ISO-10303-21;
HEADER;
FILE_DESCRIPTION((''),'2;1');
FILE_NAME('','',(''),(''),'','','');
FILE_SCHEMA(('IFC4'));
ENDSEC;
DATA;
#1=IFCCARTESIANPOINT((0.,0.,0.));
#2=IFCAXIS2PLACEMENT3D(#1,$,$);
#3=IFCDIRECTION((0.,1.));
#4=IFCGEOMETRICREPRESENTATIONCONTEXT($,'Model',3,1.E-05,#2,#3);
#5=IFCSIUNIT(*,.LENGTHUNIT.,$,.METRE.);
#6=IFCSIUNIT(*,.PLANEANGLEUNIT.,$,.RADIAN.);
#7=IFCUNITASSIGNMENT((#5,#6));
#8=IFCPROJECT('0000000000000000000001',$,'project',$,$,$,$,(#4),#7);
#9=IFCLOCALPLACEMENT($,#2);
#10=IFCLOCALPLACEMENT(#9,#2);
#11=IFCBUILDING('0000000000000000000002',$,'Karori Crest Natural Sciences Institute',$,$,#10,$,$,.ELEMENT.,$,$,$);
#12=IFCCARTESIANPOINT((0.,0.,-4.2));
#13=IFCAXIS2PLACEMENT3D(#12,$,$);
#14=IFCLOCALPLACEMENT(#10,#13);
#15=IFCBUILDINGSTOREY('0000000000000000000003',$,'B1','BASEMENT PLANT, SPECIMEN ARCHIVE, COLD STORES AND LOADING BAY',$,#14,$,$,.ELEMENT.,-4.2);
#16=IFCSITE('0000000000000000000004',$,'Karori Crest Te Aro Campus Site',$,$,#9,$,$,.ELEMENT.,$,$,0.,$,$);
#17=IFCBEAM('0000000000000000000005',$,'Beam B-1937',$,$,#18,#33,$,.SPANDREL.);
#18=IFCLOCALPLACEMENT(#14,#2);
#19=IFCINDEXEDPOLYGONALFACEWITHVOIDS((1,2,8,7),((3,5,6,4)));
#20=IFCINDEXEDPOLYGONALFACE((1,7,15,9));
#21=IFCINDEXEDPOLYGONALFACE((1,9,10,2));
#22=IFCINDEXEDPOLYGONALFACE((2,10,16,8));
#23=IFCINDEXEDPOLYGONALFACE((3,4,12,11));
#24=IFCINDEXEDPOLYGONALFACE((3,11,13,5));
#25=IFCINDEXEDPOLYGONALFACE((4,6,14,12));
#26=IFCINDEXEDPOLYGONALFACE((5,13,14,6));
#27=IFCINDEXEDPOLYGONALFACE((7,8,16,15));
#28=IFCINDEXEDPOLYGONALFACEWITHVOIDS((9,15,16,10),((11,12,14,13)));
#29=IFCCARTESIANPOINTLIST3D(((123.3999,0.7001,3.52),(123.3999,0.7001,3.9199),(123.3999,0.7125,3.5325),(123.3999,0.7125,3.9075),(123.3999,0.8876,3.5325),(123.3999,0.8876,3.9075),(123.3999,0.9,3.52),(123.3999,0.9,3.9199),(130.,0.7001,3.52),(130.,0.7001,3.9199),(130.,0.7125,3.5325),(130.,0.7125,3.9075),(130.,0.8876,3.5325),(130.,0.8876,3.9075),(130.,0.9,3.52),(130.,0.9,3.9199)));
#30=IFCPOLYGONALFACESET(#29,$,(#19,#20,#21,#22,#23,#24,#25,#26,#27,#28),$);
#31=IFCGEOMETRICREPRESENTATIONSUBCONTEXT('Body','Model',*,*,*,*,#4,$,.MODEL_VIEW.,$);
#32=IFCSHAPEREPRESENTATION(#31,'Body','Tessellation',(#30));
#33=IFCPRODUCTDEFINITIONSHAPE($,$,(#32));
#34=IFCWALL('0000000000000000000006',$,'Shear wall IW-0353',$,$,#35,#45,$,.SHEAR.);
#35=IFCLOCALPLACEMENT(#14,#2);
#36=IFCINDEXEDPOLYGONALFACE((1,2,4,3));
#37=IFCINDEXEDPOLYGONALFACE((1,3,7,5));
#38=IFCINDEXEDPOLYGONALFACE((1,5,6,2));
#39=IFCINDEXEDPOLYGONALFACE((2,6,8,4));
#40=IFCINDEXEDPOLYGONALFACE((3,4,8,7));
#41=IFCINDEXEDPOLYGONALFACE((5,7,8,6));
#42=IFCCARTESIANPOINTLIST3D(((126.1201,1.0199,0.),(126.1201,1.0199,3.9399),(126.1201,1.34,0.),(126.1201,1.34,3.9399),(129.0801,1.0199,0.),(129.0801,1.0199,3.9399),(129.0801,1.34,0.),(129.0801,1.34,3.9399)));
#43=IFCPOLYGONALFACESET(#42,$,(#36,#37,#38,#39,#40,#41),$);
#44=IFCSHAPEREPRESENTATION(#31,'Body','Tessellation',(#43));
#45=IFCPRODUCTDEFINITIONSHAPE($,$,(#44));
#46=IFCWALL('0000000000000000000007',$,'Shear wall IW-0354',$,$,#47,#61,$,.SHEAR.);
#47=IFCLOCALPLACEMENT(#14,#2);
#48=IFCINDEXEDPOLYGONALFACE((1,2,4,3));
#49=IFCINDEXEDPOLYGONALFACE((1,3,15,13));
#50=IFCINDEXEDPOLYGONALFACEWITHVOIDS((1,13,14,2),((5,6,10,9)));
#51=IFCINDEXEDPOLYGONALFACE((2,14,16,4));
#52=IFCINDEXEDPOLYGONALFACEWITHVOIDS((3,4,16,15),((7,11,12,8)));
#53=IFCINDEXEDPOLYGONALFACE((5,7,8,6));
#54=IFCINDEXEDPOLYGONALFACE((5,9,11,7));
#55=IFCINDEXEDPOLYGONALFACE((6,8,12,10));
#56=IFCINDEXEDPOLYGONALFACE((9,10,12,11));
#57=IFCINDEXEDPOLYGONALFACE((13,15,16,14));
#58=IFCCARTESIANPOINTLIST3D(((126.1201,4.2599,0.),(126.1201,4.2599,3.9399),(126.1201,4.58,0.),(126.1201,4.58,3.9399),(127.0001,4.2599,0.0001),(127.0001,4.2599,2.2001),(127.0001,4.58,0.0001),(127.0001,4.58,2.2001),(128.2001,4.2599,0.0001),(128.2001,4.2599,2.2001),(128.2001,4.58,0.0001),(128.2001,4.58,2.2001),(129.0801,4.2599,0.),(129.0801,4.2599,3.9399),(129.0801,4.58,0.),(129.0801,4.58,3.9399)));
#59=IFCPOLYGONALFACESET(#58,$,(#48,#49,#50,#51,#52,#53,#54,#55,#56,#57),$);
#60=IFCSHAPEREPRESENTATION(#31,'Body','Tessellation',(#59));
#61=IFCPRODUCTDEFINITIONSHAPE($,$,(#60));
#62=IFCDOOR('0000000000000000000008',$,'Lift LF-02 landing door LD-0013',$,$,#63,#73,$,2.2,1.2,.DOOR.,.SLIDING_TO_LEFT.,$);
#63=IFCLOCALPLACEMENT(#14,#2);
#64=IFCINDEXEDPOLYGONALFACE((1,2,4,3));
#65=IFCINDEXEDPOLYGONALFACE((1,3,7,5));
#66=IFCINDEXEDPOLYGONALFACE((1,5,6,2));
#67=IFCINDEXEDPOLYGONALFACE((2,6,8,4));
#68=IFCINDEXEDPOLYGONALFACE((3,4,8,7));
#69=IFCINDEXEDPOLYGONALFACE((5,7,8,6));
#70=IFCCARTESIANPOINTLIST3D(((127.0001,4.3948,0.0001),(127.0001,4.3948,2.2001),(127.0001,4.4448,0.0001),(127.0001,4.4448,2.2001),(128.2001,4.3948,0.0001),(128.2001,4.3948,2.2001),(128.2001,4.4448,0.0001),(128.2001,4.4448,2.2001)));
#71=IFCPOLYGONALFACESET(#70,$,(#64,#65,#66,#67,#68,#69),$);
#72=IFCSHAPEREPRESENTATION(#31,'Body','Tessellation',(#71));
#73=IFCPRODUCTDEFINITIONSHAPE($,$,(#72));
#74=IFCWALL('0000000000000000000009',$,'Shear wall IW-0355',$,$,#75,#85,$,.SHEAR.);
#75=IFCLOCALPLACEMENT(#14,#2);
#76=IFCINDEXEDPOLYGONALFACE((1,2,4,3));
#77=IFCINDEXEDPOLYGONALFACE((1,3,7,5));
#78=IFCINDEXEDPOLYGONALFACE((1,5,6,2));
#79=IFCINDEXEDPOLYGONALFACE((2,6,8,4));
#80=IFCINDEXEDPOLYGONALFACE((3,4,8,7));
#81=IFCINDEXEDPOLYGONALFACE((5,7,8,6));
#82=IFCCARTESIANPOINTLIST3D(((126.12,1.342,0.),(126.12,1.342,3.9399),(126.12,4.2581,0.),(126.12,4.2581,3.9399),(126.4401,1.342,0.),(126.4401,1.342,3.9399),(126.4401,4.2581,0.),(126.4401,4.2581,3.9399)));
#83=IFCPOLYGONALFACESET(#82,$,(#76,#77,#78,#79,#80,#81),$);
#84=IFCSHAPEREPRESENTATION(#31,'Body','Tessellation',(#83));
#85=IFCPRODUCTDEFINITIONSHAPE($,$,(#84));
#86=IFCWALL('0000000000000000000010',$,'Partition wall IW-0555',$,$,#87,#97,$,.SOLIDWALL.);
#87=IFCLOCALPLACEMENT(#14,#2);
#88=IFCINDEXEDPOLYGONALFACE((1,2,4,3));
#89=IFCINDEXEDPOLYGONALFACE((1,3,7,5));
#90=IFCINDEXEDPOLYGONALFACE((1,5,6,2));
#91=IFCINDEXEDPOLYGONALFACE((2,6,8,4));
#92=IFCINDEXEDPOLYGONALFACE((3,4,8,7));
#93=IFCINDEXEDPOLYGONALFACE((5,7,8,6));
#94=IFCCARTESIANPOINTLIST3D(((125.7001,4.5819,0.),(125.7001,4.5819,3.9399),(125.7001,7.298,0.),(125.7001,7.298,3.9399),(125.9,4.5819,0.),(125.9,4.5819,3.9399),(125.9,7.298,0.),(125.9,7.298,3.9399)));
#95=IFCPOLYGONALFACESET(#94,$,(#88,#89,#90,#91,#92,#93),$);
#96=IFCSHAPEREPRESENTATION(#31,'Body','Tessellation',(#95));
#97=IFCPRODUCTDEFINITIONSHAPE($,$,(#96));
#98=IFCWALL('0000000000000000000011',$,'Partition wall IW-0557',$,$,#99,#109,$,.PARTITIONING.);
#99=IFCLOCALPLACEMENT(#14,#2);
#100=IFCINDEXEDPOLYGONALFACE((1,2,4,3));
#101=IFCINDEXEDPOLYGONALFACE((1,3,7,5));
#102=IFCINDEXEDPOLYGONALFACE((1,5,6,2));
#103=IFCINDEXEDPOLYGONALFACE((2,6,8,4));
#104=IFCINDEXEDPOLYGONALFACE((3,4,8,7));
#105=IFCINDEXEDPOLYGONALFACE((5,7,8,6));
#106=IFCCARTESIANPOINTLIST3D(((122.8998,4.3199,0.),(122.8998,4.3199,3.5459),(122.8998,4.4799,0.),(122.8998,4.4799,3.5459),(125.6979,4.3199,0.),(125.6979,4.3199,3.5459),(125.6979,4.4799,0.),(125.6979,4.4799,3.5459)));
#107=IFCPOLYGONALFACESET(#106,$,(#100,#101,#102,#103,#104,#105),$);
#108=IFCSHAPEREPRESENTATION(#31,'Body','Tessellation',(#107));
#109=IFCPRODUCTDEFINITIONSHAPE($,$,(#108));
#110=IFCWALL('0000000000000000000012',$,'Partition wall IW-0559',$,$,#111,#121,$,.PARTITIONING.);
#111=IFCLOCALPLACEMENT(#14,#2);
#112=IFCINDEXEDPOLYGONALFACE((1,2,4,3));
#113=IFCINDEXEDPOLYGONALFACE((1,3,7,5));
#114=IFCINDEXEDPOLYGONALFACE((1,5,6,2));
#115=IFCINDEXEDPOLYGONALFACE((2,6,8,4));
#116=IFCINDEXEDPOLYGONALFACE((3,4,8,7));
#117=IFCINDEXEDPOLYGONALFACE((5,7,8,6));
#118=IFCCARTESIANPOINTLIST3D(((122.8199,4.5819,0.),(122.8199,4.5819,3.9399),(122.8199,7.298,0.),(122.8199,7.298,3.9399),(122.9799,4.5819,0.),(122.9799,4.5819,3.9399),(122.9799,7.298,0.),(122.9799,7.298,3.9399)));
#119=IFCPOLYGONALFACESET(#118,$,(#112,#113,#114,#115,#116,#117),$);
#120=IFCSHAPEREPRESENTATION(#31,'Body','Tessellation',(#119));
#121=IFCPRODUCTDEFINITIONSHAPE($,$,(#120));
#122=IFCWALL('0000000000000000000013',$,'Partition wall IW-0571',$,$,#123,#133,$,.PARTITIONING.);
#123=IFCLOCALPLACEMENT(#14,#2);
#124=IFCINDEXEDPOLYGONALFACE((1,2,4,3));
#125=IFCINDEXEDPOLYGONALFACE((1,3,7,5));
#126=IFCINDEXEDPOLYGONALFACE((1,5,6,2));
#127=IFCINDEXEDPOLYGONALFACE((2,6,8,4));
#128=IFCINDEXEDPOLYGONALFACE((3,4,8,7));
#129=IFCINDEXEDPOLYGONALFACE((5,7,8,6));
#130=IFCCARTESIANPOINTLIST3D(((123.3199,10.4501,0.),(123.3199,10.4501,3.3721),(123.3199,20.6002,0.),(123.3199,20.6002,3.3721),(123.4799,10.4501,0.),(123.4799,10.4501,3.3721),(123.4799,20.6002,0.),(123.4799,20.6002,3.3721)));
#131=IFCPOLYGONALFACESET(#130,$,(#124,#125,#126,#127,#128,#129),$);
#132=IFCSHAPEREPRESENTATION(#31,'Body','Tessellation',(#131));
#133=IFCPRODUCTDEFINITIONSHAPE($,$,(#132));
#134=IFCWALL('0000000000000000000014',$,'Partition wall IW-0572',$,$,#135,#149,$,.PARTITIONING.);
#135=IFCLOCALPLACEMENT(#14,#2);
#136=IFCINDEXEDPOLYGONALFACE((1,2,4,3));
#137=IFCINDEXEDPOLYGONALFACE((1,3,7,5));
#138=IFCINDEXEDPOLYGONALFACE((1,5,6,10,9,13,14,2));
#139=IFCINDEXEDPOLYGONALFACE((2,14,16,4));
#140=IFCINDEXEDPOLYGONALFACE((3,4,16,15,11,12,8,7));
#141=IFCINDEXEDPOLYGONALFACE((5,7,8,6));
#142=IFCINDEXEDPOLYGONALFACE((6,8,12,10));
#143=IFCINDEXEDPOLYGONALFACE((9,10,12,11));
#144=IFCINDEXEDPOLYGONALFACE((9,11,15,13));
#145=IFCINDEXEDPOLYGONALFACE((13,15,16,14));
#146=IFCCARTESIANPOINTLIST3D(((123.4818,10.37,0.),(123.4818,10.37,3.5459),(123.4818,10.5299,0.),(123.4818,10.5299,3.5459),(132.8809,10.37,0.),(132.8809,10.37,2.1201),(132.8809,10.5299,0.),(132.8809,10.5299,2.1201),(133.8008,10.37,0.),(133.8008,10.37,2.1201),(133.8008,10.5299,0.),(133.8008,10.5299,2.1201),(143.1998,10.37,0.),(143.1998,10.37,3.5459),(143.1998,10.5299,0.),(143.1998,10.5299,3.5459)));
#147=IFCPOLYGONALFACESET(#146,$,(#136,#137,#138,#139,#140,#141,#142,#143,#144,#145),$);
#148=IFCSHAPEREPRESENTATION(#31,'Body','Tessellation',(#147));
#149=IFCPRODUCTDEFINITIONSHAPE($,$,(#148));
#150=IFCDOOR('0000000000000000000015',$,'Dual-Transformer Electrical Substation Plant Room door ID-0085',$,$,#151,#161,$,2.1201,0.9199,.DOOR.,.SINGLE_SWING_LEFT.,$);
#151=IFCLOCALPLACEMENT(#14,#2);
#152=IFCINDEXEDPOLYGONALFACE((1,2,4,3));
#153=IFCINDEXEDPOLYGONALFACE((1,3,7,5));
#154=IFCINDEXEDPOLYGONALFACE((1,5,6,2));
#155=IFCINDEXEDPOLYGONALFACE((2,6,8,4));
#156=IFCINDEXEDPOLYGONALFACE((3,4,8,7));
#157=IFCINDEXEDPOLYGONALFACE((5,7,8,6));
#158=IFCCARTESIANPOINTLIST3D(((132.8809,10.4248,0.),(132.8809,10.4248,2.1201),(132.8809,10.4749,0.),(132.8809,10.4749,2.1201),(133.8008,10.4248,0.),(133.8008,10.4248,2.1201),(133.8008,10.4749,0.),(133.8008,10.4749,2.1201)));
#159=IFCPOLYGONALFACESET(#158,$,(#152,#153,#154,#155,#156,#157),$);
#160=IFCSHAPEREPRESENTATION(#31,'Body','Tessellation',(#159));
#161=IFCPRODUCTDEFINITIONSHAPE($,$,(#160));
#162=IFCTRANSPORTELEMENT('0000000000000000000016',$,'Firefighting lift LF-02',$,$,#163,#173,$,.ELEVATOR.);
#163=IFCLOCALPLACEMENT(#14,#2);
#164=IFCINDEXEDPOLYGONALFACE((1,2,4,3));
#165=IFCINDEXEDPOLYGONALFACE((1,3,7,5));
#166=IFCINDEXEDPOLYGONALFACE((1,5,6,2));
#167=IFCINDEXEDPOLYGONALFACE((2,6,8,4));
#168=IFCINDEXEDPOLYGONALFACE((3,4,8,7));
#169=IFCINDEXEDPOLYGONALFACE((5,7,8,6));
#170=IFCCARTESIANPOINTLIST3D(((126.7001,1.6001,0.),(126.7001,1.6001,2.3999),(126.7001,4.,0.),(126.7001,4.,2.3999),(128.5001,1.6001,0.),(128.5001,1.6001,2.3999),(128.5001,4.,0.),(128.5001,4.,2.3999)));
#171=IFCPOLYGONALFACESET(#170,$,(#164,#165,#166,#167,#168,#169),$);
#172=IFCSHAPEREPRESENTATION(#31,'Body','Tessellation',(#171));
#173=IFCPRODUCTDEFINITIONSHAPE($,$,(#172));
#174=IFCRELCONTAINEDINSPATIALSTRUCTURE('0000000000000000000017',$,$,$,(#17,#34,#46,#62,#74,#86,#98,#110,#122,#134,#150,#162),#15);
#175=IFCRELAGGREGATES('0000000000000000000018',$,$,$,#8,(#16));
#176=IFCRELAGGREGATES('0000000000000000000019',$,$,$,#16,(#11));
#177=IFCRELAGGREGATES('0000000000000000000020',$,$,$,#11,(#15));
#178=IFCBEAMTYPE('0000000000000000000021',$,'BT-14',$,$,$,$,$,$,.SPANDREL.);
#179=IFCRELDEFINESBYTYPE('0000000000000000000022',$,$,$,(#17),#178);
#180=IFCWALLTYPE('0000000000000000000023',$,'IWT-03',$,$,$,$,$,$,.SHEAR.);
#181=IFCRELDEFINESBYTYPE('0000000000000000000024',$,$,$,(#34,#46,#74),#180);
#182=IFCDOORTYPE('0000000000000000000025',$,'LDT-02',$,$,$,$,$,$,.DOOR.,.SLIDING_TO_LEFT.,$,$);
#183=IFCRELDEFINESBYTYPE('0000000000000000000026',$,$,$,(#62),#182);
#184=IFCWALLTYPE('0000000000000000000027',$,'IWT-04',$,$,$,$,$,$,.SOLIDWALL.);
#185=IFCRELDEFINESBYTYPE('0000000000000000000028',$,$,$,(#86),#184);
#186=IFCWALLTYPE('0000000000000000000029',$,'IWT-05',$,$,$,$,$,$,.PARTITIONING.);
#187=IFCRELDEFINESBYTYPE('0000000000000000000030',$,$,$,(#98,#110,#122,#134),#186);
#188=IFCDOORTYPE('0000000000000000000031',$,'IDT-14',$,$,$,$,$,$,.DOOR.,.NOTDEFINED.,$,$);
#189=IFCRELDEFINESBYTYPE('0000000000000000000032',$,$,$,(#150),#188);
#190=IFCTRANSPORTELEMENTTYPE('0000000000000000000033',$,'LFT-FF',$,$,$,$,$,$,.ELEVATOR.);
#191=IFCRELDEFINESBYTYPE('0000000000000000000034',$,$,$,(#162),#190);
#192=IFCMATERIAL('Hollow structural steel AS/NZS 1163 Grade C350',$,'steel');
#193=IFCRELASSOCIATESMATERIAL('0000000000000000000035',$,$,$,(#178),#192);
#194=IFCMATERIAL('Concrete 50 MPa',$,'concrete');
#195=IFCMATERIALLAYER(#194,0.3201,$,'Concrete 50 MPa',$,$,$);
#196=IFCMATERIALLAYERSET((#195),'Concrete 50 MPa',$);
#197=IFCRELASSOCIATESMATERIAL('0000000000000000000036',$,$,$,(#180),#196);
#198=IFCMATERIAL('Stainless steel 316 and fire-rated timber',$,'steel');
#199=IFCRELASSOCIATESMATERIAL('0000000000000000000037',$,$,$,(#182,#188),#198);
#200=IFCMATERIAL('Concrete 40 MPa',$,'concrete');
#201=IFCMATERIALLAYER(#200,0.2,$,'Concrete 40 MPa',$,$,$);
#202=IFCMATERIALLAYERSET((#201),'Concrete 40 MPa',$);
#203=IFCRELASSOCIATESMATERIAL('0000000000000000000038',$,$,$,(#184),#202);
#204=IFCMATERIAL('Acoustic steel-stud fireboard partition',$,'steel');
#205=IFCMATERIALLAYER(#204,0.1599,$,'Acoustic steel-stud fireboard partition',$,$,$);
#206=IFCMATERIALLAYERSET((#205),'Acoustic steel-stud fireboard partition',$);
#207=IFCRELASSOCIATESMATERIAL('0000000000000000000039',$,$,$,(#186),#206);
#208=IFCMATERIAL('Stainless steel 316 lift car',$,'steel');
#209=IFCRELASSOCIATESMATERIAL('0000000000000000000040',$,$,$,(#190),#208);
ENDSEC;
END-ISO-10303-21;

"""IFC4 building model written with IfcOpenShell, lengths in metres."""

from ifc_helpers import new_model, si_unit, direction, frame, frame_2d, origin, origin_2d, place, context, subcontext, project, spatial, rectangle, hollow_rectangle, extrude, material, layer, layer_set, material_profile, profile_set, type_object, element, fill, save


model = new_model("IFC4")

# Units and contexts
model_context = context("Model", 3, precision=1e-05, world=origin(), true_north=direction((0.0, 1.0)))
body_context = subcontext(model_context, "Body", "Model", "MODEL_VIEW")
ifc_project = project(units=[si_unit("LENGTHUNIT", "METRE"), si_unit("PLANEANGLEUNIT", "RADIAN")], contexts=[model_context])

# Site, building, storey
site_placement = place(None, origin())
site = spatial("IfcSite", under=ifc_project, at=site_placement, Name="Karori Crest Te Aro Campus Site", CompositionType="ELEMENT", RefElevation=0.0)
building_placement = place(site_placement, origin())
building = spatial("IfcBuilding", under=site, at=building_placement, Name="Karori Crest Natural Sciences Institute", CompositionType="ELEMENT")
storey_placement = place(building_placement, frame((0.0, 0.0, -4.2)))
storey = spatial("IfcBuildingStorey", under=building, at=storey_placement, Name="B1", Description="BASEMENT PLANT, SPECIMEN ARCHIVE, COLD STORES AND LOADING BAY", CompositionType="ELEMENT", Elevation=-4.2)

# Shared definitions
ifc_material_1 = material(Name="Concrete 40 MPa", Category="concrete")

# Beam
ifc_material_2 = material(Name="Hollow structural steel AS/NZS 1163 Grade C350", Category="steel")
ifc_material_profile_1 = material_profile(ifc_material_2, hollow_rectangle(XDim=0.2, YDim=0.3999, WallThickness=0.0125, at=origin_2d()), Name="RHS400x200x12.5")
ifc_profile_set_1 = profile_set([ifc_material_profile_1], Name="Hollow structural steel AS/NZS 1163 Grade C350")
beam_type_1 = type_object("IfcBeamType", Name="BT-14", PredefinedType="SPANDREL", material=ifc_profile_set_1)
beam_1_placement = place(storey_placement, frame((123.3999, 0.8, 3.72), z_axis=(1.0, 0.0, 0.0), x_axis=(0.0, 1.0, 0.0)))
element("IfcBeam", 1, at=beam_1_placement, inside=storey, type_object=beam_type_1, Name="Beam B-1937", PredefinedType="SPANDREL", context=body_context, shape_type="SweptSolid", body=[
    extrude(hollow_rectangle(XDim=0.2, YDim=0.3999, WallThickness=0.0125, at=origin_2d()), origin(), (0.0, 0.0, 1.0), 6.6001),
])

# Wall
ifc_material_3 = material(Name="Concrete 50 MPa", Category="concrete")
ifc_layer_1 = layer(ifc_material_3, 0.3201, Name="Concrete 50 MPa")
ifc_layer_set_1 = layer_set([ifc_layer_1], Name="Concrete 50 MPa")
wall_type_1 = type_object("IfcWallType", Name="IWT-03", PredefinedType="SHEAR", material=ifc_layer_set_1)
wall_1_placement = place(storey_placement, frame((126.1201, 1.1799, 0.0), z_axis=(0.0, 0.0, 1.0), x_axis=(1.0, 0.0, 0.0)))
element("IfcWall", 2, at=wall_1_placement, inside=storey, type_object=wall_type_1, Name="Shear wall IW-0353", PredefinedType="SHEAR", context=body_context, shape_type="SweptSolid", body=[
    extrude(rectangle(XDim=2.96, YDim=0.3201, at=frame_2d((1.48, 0.0))), origin(), (0.0, 0.0, 1.0), 3.9399),
])

# Wall, opening, door
wall_2_placement = place(storey_placement, frame((126.1201, 4.4199, 0.0), z_axis=(0.0, 0.0, 1.0), x_axis=(1.0, 0.0, 0.0)))
wall_2 = element("IfcWall", 3, at=wall_2_placement, inside=storey, type_object=wall_type_1, Name="Shear wall IW-0354", PredefinedType="SHEAR", context=body_context, shape_type="SweptSolid", body=[
    extrude(rectangle(XDim=2.96, YDim=0.3201, at=frame_2d((1.48, 0.0))), origin(), (0.0, 0.0, 1.0), 3.9399),
])
opening_1_placement = place(wall_2_placement, frame((0.8799, 0.0, 0.0)))
opening_1 = element("IfcOpeningElement", 4, at=opening_1_placement, cuts=wall_2, PredefinedType="OPENING", context=body_context, shape_type="SweptSolid", body=[
    extrude(rectangle(XDim=1.2, YDim=2.2, at=frame_2d((0.6001, 1.1001))), frame((0.0, 0.1699, 0.0), z_axis=(0.0, -1.0, 0.0), x_axis=(1.0, 0.0, 0.0)), (0.0, 0.0, 1.0), 0.3401),
])
ifc_material_4 = material(Name="Stainless steel 316 and fire-rated timber", Category="steel")
door_type_1 = type_object("IfcDoorType", Name="LDT-02", OperationType="SLIDING_TO_LEFT", PredefinedType="DOOR", material=ifc_material_4)
door_1_placement = place(opening_1_placement, origin())
door_1 = element("IfcDoor", 5, at=door_1_placement, inside=storey, type_object=door_type_1, Name="Lift LF-02 landing door LD-0013", OperationType="SLIDING_TO_LEFT", OverallHeight=2.2, OverallWidth=1.2, PredefinedType="DOOR", context=body_context, shape_type="SweptSolid", body=[
    extrude(rectangle(XDim=1.2, YDim=2.2, at=frame_2d((0.6001, 1.1001))), frame((0.0, 0.0249, 0.0), z_axis=(0.0, -1.0, 0.0), x_axis=(1.0, 0.0, 0.0)), (0.0, 0.0, 1.0), 0.05),
])
fill(opening_1, door_1)

# Wall
wall_3_placement = place(storey_placement, frame((126.28, 1.342, 0.0), z_axis=(0.0, 0.0, 1.0), x_axis=(0.0, 1.0, 0.0)))
element("IfcWall", 6, at=wall_3_placement, inside=storey, type_object=wall_type_1, Name="Shear wall IW-0355", PredefinedType="SHEAR", context=body_context, shape_type="SweptSolid", body=[
    extrude(rectangle(XDim=2.916, YDim=0.3201, at=frame_2d((1.458, 0.0))), origin(), (0.0, 0.0, 1.0), 3.9399),
])

# Shared definitions
ifc_layer_2 = layer(ifc_material_1, 0.2, Name="Concrete 40 MPa")
ifc_layer_set_2 = layer_set([ifc_layer_2], Name="Concrete 40 MPa")
wall_type_2 = type_object("IfcWallType", Name="IWT-04", PredefinedType="SOLIDWALL", material=ifc_layer_set_2)

# Walls
wall_4_placement = place(storey_placement, frame((125.8, 4.582, 0.0), z_axis=(0.0, 0.0, 1.0), x_axis=(0.0, 1.0, 0.0)))
element("IfcWall", 7, at=wall_4_placement, inside=storey, type_object=wall_type_2, Name="Partition wall IW-0555", PredefinedType="SOLIDWALL", context=body_context, shape_type="SweptSolid", body=[
    extrude(rectangle(XDim=2.7161, YDim=0.2, at=frame_2d((1.3579, 0.0))), origin(), (0.0, 0.0, 1.0), 3.9399),
])
ifc_material_5 = material(Name="Acoustic steel-stud fireboard partition", Category="steel")
ifc_layer_3 = layer(ifc_material_5, 0.1599, Name="Acoustic steel-stud fireboard partition")
ifc_layer_set_3 = layer_set([ifc_layer_3], Name="Acoustic steel-stud fireboard partition")
wall_type_3 = type_object("IfcWallType", Name="IWT-05", PredefinedType="PARTITIONING", material=ifc_layer_set_3)
wall_5_placement = place(storey_placement, frame((122.8999, 4.3999, 0.0), z_axis=(0.0, 0.0, 1.0), x_axis=(1.0, 0.0, 0.0)))
element("IfcWall", 8, at=wall_5_placement, inside=storey, type_object=wall_type_3, Name="Partition wall IW-0557", PredefinedType="PARTITIONING", context=body_context, shape_type="SweptSolid", body=[
    extrude(rectangle(XDim=2.7981, YDim=0.1599, at=frame_2d((1.3989, 0.0))), origin(), (0.0, 0.0, 1.0), 3.5459),
])

# Shared definitions
door_type_2 = type_object("IfcDoorType", Name="IDT-14", OperationType="NOTDEFINED", PredefinedType="DOOR", material=ifc_material_4)

# Walls
wall_6_placement = place(storey_placement, frame((122.8999, 4.582, 0.0), z_axis=(0.0, 0.0, 1.0), x_axis=(0.0, 1.0, 0.0)))
element("IfcWall", 9, at=wall_6_placement, inside=storey, type_object=wall_type_3, Name="Partition wall IW-0559", PredefinedType="PARTITIONING", context=body_context, shape_type="SweptSolid", body=[
    extrude(rectangle(XDim=2.7161, YDim=0.1599, at=frame_2d((1.3579, 0.0))), origin(), (0.0, 0.0, 1.0), 3.9399),
])
wall_7_placement = place(storey_placement, frame((123.3999, 10.45, 0.0), z_axis=(0.0, 0.0, 1.0), x_axis=(0.0, 1.0, 0.0)))
element("IfcWall", 10, at=wall_7_placement, inside=storey, type_object=wall_type_3, Name="Partition wall IW-0571", PredefinedType="PARTITIONING", context=body_context, shape_type="SweptSolid", body=[
    extrude(rectangle(XDim=10.1501, YDim=0.1599, at=frame_2d((5.0752, 0.0))), origin(), (0.0, 0.0, 1.0), 3.3721),
])

# Wall, opening, door
wall_8_placement = place(storey_placement, frame((123.4819, 10.45, 0.0), z_axis=(0.0, 0.0, 1.0), x_axis=(1.0, 0.0, 0.0)))
wall_8 = element("IfcWall", 11, at=wall_8_placement, inside=storey, type_object=wall_type_3, Name="Partition wall IW-0572", PredefinedType="PARTITIONING", context=body_context, shape_type="SweptSolid", body=[
    extrude(rectangle(XDim=19.718, YDim=0.1599, at=frame_2d((9.8589, 0.0))), origin(), (0.0, 0.0, 1.0), 3.5459),
])
opening_2_placement = place(wall_8_placement, frame((9.3989, 0.0, 0.0)))
opening_2 = element("IfcOpeningElement", 12, at=opening_2_placement, cuts=wall_8, PredefinedType="OPENING", context=body_context, shape_type="SweptSolid", body=[
    extrude(rectangle(XDim=0.9199, YDim=2.1201, at=frame_2d((0.46, 1.0601))), frame((0.0, 0.0898, 0.0), z_axis=(0.0, -1.0, 0.0), x_axis=(1.0, 0.0, 0.0)), (0.0, 0.0, 1.0), 0.1799),
])
door_2_placement = place(opening_2_placement, origin())
door_2 = element("IfcDoor", 13, at=door_2_placement, inside=storey, type_object=door_type_2, Name="Dual-Transformer Electrical Substation Plant Room door ID-0085", OperationType="SINGLE_SWING_LEFT", OverallHeight=2.1201, OverallWidth=0.9199, PredefinedType="DOOR", context=body_context, shape_type="SweptSolid", body=[
    extrude(rectangle(XDim=0.9199, YDim=2.1201, at=frame_2d((0.46, 1.0601))), frame((0.0, 0.0249, 0.0), z_axis=(0.0, -1.0, 0.0), x_axis=(1.0, 0.0, 0.0)), (0.0, 0.0, 1.0), 0.05),
])
fill(opening_2, door_2)

# Transport element
ifc_material_6 = material(Name="Stainless steel 316 lift car", Category="steel")
transport_element_type = type_object("IfcTransportElementType", Name="LFT-FF", PredefinedType="ELEVATOR", material=ifc_material_6)
transport_element_placement = place(storey_placement, frame((127.6001, 2.8, 0.0), z_axis=(0.0, 0.0, 1.0), x_axis=(1.0, 0.0, 0.0)))
element("IfcTransportElement", 14, at=transport_element_placement, inside=storey, type_object=transport_element_type, Name="Firefighting lift LF-02", PredefinedType="ELEVATOR", context=body_context, shape_type="SweptSolid", body=[
    extrude(rectangle(XDim=1.8, YDim=2.3999, at=origin_2d()), origin(), (0.0, 0.0, 1.0), 2.3999),
])

save(model, "model.ifc")
